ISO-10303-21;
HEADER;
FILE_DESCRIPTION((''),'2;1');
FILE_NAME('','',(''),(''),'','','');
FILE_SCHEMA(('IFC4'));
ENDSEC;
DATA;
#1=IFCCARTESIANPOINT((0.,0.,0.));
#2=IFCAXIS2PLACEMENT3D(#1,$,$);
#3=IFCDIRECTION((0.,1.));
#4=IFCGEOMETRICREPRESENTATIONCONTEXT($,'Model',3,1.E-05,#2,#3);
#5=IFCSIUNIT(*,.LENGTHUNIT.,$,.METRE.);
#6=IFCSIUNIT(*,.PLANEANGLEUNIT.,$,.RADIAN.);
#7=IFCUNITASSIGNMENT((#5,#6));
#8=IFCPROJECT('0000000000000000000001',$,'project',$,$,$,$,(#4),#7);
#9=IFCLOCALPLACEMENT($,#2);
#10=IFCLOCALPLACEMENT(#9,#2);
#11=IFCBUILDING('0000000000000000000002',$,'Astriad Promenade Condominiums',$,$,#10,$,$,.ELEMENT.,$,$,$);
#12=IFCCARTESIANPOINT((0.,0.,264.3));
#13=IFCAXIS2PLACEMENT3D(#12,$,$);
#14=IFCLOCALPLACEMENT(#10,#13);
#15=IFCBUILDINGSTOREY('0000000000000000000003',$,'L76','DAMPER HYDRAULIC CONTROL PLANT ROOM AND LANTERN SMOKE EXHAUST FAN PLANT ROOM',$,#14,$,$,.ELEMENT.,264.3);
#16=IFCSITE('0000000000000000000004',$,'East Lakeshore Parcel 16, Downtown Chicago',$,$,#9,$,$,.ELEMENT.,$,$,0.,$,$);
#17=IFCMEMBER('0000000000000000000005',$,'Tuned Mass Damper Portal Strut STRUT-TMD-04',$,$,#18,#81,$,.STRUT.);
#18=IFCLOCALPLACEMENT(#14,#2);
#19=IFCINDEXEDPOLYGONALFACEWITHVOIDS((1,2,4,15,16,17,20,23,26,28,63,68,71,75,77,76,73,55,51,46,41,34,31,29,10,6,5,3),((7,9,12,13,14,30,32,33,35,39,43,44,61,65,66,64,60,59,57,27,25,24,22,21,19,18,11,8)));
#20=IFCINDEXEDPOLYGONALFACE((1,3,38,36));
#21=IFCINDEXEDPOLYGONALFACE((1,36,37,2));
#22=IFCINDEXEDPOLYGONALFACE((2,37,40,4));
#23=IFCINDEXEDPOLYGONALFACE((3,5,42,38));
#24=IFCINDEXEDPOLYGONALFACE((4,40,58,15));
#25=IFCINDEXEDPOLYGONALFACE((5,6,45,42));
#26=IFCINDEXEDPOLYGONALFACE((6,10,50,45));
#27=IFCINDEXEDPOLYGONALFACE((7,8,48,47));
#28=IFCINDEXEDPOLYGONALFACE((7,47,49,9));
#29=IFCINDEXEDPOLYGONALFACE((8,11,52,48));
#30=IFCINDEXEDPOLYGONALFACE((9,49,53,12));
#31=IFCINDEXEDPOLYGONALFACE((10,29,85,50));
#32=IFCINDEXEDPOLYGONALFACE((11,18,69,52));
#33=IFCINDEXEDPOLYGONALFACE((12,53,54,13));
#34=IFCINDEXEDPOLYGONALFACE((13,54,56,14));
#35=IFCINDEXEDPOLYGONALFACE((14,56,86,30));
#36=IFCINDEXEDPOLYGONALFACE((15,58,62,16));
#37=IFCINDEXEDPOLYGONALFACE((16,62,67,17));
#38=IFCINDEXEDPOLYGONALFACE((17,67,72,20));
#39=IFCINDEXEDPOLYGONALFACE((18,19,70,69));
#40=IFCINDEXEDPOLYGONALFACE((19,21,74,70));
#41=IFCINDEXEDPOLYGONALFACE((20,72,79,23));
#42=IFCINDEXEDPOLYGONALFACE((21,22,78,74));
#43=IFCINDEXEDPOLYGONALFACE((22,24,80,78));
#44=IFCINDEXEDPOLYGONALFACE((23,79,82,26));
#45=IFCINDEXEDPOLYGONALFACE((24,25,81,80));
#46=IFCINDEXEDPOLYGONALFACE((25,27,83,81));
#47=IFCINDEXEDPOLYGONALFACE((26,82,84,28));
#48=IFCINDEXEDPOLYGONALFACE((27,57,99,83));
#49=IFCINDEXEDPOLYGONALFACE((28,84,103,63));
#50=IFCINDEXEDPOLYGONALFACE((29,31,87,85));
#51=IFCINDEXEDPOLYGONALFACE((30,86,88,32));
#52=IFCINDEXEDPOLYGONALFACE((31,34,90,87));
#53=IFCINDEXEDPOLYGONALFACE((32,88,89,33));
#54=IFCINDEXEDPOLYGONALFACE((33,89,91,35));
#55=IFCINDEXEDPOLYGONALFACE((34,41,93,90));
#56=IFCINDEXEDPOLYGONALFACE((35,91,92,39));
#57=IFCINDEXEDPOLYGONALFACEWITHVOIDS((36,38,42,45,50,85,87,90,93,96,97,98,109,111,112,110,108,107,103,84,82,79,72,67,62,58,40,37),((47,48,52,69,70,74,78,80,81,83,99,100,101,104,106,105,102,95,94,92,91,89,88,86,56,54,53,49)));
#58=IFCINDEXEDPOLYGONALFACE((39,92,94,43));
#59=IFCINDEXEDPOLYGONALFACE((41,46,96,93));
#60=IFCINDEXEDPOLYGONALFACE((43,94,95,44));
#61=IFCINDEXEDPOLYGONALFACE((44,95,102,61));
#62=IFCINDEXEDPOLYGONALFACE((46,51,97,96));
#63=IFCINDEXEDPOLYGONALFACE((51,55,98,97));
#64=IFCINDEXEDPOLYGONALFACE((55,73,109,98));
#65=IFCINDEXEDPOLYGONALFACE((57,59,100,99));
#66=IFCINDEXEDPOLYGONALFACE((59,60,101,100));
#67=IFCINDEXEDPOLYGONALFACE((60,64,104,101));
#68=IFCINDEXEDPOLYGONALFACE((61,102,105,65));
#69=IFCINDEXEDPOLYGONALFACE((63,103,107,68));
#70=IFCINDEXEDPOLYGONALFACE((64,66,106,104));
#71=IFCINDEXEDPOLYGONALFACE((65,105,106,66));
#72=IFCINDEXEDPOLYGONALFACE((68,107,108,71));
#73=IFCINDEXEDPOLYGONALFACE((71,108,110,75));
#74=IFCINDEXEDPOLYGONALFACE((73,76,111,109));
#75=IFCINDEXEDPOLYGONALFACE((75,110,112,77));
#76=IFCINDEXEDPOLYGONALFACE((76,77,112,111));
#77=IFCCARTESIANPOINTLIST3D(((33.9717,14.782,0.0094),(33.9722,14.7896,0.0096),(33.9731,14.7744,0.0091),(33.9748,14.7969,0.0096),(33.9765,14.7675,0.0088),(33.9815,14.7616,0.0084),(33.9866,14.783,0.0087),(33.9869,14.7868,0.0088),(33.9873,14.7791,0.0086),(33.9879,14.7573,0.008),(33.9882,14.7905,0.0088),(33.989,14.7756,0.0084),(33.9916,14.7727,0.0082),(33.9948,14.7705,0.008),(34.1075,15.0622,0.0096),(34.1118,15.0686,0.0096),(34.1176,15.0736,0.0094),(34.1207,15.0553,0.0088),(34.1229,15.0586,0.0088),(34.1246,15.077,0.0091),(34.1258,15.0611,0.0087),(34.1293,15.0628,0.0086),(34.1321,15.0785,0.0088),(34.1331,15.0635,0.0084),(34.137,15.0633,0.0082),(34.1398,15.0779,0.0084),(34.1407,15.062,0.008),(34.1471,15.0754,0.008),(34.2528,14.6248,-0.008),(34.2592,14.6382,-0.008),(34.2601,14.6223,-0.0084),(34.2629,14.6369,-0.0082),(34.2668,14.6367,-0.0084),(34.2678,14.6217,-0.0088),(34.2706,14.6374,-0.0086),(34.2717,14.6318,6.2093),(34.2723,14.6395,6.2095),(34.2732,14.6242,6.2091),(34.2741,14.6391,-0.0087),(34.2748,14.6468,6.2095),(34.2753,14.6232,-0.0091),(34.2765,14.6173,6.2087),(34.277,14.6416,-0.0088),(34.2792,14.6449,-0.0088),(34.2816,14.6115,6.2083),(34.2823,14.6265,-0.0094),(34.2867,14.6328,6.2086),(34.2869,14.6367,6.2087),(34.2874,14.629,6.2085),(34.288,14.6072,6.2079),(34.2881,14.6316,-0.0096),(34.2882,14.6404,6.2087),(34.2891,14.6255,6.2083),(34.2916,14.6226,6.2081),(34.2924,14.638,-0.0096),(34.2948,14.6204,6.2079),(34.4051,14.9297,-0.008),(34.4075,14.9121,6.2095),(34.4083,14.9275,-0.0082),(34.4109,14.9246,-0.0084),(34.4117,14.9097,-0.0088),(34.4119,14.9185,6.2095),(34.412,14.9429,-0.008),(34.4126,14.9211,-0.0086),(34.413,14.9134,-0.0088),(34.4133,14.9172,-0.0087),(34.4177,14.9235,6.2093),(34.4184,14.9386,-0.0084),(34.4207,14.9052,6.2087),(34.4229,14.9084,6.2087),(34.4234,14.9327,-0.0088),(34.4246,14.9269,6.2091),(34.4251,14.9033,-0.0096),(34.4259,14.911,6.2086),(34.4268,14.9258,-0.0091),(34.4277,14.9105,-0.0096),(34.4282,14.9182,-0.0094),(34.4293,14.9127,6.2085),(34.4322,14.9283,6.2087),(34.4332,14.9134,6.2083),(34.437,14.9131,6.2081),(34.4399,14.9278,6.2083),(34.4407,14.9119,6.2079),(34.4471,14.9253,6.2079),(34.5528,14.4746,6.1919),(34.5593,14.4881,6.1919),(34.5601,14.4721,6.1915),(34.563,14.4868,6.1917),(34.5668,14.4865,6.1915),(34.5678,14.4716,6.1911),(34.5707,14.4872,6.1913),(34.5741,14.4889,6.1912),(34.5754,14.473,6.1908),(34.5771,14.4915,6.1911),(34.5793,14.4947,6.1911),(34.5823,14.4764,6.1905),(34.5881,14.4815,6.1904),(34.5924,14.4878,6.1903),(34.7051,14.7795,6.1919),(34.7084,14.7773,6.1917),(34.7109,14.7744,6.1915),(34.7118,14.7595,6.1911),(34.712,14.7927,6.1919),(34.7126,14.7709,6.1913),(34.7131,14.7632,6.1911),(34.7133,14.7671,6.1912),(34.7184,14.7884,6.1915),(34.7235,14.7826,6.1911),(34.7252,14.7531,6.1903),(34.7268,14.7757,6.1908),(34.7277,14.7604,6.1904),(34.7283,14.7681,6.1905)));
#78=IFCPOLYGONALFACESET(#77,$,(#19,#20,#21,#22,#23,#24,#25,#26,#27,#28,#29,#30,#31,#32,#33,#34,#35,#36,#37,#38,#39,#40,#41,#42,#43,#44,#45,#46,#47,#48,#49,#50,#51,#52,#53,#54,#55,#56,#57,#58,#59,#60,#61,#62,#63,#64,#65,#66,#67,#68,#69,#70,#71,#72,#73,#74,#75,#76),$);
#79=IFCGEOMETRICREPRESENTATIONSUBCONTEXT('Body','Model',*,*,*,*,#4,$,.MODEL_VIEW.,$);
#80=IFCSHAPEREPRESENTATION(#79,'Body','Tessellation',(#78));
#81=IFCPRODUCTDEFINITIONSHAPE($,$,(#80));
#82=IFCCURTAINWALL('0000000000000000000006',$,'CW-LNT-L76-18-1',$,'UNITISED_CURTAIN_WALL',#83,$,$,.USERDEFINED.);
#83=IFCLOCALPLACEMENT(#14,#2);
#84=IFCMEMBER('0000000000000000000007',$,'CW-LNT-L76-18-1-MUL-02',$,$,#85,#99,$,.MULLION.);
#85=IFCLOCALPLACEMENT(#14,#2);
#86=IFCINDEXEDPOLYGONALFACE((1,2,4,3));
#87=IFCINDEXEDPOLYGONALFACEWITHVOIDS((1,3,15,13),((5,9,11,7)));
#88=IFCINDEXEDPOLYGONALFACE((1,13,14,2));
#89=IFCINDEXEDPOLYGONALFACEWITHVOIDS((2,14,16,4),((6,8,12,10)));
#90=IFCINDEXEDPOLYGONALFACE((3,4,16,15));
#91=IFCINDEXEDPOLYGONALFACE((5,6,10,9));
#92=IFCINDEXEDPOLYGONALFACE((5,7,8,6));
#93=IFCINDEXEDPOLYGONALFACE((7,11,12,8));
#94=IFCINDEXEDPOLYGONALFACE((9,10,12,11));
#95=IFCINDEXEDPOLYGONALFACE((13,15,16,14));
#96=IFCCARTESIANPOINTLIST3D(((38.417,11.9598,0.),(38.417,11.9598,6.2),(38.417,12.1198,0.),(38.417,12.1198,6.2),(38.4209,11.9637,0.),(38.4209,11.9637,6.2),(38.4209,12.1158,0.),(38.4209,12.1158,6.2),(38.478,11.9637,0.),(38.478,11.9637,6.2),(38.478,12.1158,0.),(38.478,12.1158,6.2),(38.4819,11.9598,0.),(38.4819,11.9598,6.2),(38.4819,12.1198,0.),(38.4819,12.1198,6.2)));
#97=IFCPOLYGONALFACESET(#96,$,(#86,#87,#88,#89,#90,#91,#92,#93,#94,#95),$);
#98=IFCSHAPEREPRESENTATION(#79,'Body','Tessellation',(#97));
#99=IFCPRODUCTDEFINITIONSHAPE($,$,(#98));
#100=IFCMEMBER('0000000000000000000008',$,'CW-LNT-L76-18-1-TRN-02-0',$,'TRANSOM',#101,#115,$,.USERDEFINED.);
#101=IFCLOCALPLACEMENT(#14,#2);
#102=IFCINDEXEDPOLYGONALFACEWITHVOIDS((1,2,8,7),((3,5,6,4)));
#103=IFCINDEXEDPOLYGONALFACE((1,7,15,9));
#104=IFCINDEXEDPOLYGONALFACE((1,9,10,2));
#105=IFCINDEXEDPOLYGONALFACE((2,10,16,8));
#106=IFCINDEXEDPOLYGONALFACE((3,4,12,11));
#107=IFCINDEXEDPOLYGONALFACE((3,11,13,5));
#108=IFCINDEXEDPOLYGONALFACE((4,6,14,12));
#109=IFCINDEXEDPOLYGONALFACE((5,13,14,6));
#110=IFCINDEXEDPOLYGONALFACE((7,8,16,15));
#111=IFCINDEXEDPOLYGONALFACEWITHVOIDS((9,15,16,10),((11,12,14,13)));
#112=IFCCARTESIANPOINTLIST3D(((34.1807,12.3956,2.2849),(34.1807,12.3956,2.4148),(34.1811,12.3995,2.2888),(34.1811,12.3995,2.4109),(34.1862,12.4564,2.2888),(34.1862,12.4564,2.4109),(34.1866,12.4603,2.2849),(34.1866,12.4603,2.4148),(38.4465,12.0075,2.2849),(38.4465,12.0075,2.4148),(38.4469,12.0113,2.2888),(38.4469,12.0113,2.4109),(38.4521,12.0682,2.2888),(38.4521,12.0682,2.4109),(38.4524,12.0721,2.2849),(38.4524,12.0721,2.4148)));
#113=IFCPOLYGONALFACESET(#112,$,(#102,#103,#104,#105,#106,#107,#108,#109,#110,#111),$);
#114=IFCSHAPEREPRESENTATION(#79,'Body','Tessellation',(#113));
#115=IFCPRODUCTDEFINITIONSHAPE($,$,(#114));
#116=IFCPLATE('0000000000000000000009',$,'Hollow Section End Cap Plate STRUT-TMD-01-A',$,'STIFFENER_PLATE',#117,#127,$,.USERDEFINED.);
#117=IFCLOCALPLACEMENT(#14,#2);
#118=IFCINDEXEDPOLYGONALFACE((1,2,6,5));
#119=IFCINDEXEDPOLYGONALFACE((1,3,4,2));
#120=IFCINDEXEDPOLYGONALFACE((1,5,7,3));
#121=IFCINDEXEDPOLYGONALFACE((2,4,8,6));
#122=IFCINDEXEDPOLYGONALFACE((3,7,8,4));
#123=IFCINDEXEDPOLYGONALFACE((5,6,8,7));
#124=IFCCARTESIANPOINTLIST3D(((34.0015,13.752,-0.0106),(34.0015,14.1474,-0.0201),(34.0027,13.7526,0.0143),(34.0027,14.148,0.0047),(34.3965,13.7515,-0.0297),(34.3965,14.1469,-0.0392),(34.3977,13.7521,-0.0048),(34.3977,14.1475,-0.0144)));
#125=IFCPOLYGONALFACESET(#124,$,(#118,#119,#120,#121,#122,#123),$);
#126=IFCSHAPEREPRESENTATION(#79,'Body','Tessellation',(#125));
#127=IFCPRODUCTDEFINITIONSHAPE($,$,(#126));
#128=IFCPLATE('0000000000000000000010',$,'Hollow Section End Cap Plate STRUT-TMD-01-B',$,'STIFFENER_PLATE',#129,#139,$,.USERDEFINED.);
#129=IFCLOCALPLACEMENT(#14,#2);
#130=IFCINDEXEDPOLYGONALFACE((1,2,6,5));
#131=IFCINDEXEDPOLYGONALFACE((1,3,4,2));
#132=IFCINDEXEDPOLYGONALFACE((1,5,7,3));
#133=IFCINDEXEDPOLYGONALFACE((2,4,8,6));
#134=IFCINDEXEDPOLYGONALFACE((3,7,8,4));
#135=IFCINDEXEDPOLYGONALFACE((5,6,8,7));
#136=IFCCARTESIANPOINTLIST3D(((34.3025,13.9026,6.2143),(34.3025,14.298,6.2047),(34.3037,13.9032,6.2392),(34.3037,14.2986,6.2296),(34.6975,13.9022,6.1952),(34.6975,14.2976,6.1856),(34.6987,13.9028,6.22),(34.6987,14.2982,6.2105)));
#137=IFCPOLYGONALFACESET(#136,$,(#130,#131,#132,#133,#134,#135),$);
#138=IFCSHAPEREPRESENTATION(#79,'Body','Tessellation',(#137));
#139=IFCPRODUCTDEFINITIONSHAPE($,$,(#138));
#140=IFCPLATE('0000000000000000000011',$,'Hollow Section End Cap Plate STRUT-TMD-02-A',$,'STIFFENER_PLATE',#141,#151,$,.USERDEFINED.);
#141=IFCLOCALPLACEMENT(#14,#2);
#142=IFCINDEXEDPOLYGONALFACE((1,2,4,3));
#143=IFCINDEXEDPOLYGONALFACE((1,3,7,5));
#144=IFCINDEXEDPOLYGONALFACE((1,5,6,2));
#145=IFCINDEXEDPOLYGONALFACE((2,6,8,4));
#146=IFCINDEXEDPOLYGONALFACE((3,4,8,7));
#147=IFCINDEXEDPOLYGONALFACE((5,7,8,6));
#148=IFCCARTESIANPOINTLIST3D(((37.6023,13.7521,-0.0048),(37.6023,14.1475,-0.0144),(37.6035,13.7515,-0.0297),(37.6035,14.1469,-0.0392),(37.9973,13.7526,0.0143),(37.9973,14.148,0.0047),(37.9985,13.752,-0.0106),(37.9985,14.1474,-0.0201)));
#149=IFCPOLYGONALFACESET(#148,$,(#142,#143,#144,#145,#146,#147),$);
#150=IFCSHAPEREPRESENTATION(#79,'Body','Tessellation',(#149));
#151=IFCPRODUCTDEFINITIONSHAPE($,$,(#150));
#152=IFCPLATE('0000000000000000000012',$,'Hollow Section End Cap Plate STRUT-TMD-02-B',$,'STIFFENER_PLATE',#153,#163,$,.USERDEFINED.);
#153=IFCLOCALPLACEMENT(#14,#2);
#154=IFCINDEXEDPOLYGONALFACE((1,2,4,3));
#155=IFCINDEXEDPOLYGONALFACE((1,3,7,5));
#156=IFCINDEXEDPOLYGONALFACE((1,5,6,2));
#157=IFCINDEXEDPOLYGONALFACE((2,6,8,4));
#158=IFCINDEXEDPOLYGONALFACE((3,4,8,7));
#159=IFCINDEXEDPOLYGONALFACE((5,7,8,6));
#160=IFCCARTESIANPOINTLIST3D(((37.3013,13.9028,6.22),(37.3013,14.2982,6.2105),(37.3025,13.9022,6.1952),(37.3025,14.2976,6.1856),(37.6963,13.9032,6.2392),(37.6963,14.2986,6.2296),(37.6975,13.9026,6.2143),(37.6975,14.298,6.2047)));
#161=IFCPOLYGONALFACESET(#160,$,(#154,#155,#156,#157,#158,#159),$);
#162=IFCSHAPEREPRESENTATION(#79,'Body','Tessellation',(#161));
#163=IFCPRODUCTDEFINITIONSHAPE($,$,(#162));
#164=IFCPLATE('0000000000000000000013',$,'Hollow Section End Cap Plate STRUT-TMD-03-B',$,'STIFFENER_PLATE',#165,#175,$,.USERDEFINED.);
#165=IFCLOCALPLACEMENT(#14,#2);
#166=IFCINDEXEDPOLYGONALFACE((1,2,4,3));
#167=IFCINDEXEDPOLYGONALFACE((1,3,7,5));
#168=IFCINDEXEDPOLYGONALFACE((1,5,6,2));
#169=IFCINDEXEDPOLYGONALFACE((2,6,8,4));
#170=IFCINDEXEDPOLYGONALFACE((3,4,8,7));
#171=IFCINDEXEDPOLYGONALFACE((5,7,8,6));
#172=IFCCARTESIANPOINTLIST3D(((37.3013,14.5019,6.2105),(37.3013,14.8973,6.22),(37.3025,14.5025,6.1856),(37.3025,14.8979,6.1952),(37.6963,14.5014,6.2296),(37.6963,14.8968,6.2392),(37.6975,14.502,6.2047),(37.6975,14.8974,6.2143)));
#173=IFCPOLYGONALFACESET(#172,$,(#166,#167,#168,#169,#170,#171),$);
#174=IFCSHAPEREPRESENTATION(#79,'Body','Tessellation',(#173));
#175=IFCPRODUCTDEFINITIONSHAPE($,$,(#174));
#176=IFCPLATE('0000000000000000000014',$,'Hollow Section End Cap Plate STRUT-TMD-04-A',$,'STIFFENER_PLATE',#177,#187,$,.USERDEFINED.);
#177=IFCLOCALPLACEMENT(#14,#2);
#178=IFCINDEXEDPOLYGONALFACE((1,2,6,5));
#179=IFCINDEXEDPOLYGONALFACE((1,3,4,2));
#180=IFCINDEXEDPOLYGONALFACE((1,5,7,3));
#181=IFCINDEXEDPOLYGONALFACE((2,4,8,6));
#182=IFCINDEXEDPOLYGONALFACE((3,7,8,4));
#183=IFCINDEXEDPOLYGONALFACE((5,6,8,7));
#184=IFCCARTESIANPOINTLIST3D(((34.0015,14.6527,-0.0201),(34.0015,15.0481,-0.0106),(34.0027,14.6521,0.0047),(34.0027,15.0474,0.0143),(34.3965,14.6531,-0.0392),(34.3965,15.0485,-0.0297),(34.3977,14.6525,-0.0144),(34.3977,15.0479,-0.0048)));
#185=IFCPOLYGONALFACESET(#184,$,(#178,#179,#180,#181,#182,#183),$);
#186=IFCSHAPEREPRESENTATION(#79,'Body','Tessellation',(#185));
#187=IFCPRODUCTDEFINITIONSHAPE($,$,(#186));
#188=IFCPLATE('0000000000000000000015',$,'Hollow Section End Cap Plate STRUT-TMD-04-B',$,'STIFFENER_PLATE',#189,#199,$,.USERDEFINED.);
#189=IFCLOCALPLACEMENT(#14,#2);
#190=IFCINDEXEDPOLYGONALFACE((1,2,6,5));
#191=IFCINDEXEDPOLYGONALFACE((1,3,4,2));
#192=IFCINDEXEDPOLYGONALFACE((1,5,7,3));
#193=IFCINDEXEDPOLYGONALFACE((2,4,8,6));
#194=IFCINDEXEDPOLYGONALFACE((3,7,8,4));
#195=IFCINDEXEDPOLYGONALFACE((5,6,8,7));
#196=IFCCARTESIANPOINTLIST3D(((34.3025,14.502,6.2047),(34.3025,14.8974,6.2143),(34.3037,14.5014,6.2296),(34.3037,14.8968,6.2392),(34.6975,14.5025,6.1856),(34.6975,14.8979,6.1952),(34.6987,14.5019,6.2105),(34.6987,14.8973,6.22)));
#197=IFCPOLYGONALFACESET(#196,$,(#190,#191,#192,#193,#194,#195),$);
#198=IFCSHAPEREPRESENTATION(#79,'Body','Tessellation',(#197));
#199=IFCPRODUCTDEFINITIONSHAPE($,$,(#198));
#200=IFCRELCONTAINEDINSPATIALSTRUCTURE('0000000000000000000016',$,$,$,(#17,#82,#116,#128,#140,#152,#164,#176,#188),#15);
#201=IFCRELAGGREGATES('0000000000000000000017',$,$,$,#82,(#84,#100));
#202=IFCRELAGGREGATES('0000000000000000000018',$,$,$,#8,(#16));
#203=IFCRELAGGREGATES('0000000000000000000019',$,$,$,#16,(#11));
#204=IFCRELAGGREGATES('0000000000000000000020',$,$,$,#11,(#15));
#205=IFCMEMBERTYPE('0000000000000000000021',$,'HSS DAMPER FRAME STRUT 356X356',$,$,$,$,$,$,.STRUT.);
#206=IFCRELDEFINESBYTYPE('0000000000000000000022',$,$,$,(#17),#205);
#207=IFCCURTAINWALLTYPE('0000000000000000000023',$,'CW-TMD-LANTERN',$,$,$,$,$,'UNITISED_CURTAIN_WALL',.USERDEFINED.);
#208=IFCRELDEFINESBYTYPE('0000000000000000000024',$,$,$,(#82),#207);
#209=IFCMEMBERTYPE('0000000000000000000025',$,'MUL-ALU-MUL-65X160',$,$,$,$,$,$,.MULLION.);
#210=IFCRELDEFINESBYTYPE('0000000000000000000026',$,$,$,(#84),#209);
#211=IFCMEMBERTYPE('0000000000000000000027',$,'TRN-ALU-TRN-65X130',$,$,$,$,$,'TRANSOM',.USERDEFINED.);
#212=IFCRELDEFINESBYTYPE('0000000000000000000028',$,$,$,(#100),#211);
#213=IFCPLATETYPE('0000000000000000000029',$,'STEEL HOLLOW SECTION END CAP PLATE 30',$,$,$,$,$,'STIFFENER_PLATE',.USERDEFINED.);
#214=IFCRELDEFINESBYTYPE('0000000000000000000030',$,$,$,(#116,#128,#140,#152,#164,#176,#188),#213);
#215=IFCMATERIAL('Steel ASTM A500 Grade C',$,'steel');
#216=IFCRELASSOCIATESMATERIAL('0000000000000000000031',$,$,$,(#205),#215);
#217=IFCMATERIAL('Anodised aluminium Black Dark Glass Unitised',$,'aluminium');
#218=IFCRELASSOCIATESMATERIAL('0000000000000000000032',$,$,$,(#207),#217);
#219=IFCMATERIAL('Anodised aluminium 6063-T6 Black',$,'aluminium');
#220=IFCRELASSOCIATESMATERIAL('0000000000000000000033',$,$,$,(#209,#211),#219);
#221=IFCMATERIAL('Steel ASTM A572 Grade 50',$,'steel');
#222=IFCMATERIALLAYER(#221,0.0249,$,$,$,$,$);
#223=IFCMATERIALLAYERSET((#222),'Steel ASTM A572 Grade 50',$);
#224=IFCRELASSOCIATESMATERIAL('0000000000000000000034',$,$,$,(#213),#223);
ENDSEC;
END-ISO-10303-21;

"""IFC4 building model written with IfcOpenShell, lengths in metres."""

from ifc_helpers import new_model, si_unit, direction, frame, origin, origin_2d, place, context, subcontext, project, spatial, rectangle, hollow_rectangle, extrude, source, transform, mapped, material, layer, layer_set, material_profile, profile_set, type_object, type_shapes, element, aggregate, save


model = new_model("IFC4")

# Units and contexts
model_context = context("Model", 3, precision=1e-05, world=origin(), true_north=direction((0.0, 1.0)))
body_context = subcontext(model_context, "Body", "Model", "MODEL_VIEW")
ifc_project = project(units=[si_unit("LENGTHUNIT", "METRE"), si_unit("PLANEANGLEUNIT", "RADIAN")], contexts=[model_context])

# Site, building, storey
site_placement = place(None, origin())
site = spatial("IfcSite", under=ifc_project, at=site_placement, Name="East Lakeshore Parcel 16, Downtown Chicago", CompositionType="ELEMENT", RefElevation=0.0)
building_placement = place(site_placement, origin())
building = spatial("IfcBuilding", under=site, at=building_placement, Name="Astriad Promenade Condominiums", CompositionType="ELEMENT")
storey_placement = place(building_placement, frame((0.0, 0.0, 264.3)))
storey = spatial("IfcBuildingStorey", under=building, at=storey_placement, Name="L76", Description="DAMPER HYDRAULIC CONTROL PLANT ROOM AND LANTERN SMOKE EXHAUST FAN PLANT ROOM", CompositionType="ELEMENT", Elevation=264.3)

# Member
ifc_material_1 = material(Name="Steel ASTM A500 Grade C", Category="steel")
ifc_material_profile_1 = material_profile(ifc_material_1, hollow_rectangle(XDim=0.3557, YDim=0.3557, WallThickness=0.0149, InnerFilletRadius=0.0149, OuterFilletRadius=0.0295, at=origin_2d()), Name="HSS356X356X15.9")
ifc_profile_set_1 = profile_set([ifc_material_profile_1], Name="Steel ASTM A500 Grade C")
member_type_1 = type_object("IfcMemberType", Name="HSS DAMPER FRAME STRUT 356X356", PredefinedType="STRUT", material=ifc_profile_set_1)
shared_shape_1 = source(origin(), body_context, "Body", "SweptSolid", [
    extrude(hollow_rectangle(XDim=0.3557, YDim=0.3557, WallThickness=0.0149, InnerFilletRadius=0.0149, OuterFilletRadius=0.0295, at=origin_2d()), origin(), (0.0, 0.0, 1.0), 6.209),
])
type_shapes(member_type_1, [shared_shape_1])
for number, where, z_axis, x_axis, name in (
    (1, (34.2, 14.8501, 0.0), (0.048325, -0.024182, 0.998539), (0.447505, 0.894282, 0.0), "Tuned Mass Damper Portal Strut STRUT-TMD-04"),
):
    element("IfcMember", number, at=place(storey_placement, frame(where, z_axis=z_axis, x_axis=x_axis)), inside=storey, type_object=member_type_1, Name=name, PredefinedType="STRUT", context=body_context, shape_type="MappedRepresentation", body=[
        mapped(shared_shape_1, transform((0.0, 0.0, 0.0), scale=1.0)),
    ])

# Curtain wall, members
ifc_material_2 = material(Name="Anodised aluminium Black Dark Glass Unitised", Category="aluminium")
curtain_wall_type = type_object("IfcCurtainWallType", Name="CW-TMD-LANTERN", ElementType="UNITISED_CURTAIN_WALL", PredefinedType="USERDEFINED", material=ifc_material_2)
curtain_wall_placement = place(storey_placement, origin())
curtain_wall = element("IfcCurtainWall", 2, at=curtain_wall_placement, inside=storey, type_object=curtain_wall_type, Name="CW-LNT-L76-18-1", ObjectType="UNITISED_CURTAIN_WALL", PredefinedType="USERDEFINED")
ifc_material_3 = material(Name="Anodised aluminium 6063-T6 Black", Category="aluminium")
ifc_material_profile_2 = material_profile(ifc_material_3, hollow_rectangle(XDim=0.0649, YDim=0.1599, WallThickness=0.0039, at=origin_2d()), Name="ALU-MUL-65X160")
ifc_profile_set_2 = profile_set([ifc_material_profile_2], Name="Anodised aluminium 6063-T6 Black")
member_type_2 = type_object("IfcMemberType", Name="MUL-ALU-MUL-65X160", PredefinedType="MULLION", material=ifc_profile_set_2)
shared_shape_2 = source(origin(), body_context, "Body", "SweptSolid", [
    extrude(hollow_rectangle(XDim=0.0649, YDim=0.1599, WallThickness=0.0039, at=origin_2d()), origin(), (0.0, 0.0, 1.0), 6.2),
])
type_shapes(member_type_2, [shared_shape_2])
member_1_placement = place(storey_placement, frame((38.4495, 12.0398, 0.0), z_axis=(0.0, 0.0, 1.0), x_axis=(1.0, 0.0, 0.0)))
member_1 = element("IfcMember", 3, at=member_1_placement, type_object=member_type_2, Name="CW-LNT-L76-18-1-MUL-02", PredefinedType="MULLION", context=body_context, shape_type="MappedRepresentation", body=[
    mapped(shared_shape_2, transform((0.0, 0.0, 0.0), scale=1.0)),
])
ifc_material_profile_3 = material_profile(ifc_material_3, hollow_rectangle(XDim=0.0649, YDim=0.1299, WallThickness=0.0039, at=origin_2d()), Name="ALU-TRN-65X130")
ifc_profile_set_3 = profile_set([ifc_material_profile_3], Name="Anodised aluminium 6063-T6 Black")
member_type_3 = type_object("IfcMemberType", Name="TRN-ALU-TRN-65X130", ElementType="TRANSOM", PredefinedType="USERDEFINED", material=ifc_profile_set_3)
shared_shape_3 = source(origin(), body_context, "Body", "SweptSolid", [
    extrude(hollow_rectangle(XDim=0.0649, YDim=0.1299, WallThickness=0.0039, at=origin_2d()), origin(), (0.0, 0.0, 1.0), 4.2834),
])
type_shapes(member_type_3, [shared_shape_3])
member_2_placement = place(storey_placement, frame((38.4495, 12.0398, 2.3499), z_axis=(-0.995885, 0.090623, 0.0), x_axis=(-0.090623, -0.995885, 0.0)))
member_2 = element("IfcMember", 4, at=member_2_placement, type_object=member_type_3, Name="CW-LNT-L76-18-1-TRN-02-0", ObjectType="TRANSOM", PredefinedType="USERDEFINED", context=body_context, shape_type="MappedRepresentation", body=[
    mapped(shared_shape_3, transform((0.0, 0.0, 0.0), scale=1.0)),
])

# Plates
ifc_material_4 = material(Name="Steel ASTM A572 Grade 50", Category="steel")
ifc_layer_1 = layer(ifc_material_4, 0.0249)
ifc_layer_set_1 = layer_set([ifc_layer_1], Name="Steel ASTM A572 Grade 50")
plate_type_1 = type_object("IfcPlateType", Name="STEEL HOLLOW SECTION END CAP PLATE 30", ElementType="STIFFENER_PLATE", PredefinedType="USERDEFINED", material=ifc_layer_set_1)
shared_shape_4 = source(origin(), body_context, "Body", "SweptSolid", [
    extrude(rectangle(XDim=0.3955, YDim=0.3955, at=origin_2d()), origin(), (0.0, 0.0, 1.0), 0.0249),
])
type_shapes(plate_type_1, [shared_shape_4])
for number, where, z_axis, x_axis, name in (
    (5, (34.199, 13.9495, -0.0249), (0.048316, 0.024158, 0.99854), (1.0, 0.0, 0.0), "Hollow Section End Cap Plate STRUT-TMD-01-A"),
    (6, (34.5, 14.1001, 6.2), (0.048316, 0.024158, 0.99854), (1.0, 0.0, 0.0), "Hollow Section End Cap Plate STRUT-TMD-01-B"),
    (7, (37.801, 13.9495, -0.0249), (-0.048316, 0.024158, 0.99854), (1.0, 0.0, 0.0), "Hollow Section End Cap Plate STRUT-TMD-02-A"),
    (8, (37.5, 14.1001, 6.2), (-0.048316, 0.024158, 0.99854), (1.0, 0.0, 0.0), "Hollow Section End Cap Plate STRUT-TMD-02-B"),
    (9, (37.5, 14.7, 6.2), (-0.048316, -0.024158, 0.99854), (1.0, 0.0, 0.0), "Hollow Section End Cap Plate STRUT-TMD-03-B"),
    (10, (34.199, 14.8506, -0.0249), (0.048316, -0.024158, 0.99854), (1.0, 0.0, 0.0), "Hollow Section End Cap Plate STRUT-TMD-04-A"),
    (11, (34.5, 14.7, 6.2), (0.048316, -0.024158, 0.99854), (1.0, 0.0, 0.0), "Hollow Section End Cap Plate STRUT-TMD-04-B"),
):
    element("IfcPlate", number, at=place(storey_placement, frame(where, z_axis=z_axis, x_axis=x_axis)), inside=storey, type_object=plate_type_1, Name=name, ObjectType="STIFFENER_PLATE", PredefinedType="USERDEFINED", context=body_context, shape_type="MappedRepresentation", body=[
        mapped(shared_shape_4, transform((0.0, 0.0, 0.0), scale=1.0)),
    ])

aggregate(curtain_wall, [member_1, member_2])

save(model, "model.ifc")
